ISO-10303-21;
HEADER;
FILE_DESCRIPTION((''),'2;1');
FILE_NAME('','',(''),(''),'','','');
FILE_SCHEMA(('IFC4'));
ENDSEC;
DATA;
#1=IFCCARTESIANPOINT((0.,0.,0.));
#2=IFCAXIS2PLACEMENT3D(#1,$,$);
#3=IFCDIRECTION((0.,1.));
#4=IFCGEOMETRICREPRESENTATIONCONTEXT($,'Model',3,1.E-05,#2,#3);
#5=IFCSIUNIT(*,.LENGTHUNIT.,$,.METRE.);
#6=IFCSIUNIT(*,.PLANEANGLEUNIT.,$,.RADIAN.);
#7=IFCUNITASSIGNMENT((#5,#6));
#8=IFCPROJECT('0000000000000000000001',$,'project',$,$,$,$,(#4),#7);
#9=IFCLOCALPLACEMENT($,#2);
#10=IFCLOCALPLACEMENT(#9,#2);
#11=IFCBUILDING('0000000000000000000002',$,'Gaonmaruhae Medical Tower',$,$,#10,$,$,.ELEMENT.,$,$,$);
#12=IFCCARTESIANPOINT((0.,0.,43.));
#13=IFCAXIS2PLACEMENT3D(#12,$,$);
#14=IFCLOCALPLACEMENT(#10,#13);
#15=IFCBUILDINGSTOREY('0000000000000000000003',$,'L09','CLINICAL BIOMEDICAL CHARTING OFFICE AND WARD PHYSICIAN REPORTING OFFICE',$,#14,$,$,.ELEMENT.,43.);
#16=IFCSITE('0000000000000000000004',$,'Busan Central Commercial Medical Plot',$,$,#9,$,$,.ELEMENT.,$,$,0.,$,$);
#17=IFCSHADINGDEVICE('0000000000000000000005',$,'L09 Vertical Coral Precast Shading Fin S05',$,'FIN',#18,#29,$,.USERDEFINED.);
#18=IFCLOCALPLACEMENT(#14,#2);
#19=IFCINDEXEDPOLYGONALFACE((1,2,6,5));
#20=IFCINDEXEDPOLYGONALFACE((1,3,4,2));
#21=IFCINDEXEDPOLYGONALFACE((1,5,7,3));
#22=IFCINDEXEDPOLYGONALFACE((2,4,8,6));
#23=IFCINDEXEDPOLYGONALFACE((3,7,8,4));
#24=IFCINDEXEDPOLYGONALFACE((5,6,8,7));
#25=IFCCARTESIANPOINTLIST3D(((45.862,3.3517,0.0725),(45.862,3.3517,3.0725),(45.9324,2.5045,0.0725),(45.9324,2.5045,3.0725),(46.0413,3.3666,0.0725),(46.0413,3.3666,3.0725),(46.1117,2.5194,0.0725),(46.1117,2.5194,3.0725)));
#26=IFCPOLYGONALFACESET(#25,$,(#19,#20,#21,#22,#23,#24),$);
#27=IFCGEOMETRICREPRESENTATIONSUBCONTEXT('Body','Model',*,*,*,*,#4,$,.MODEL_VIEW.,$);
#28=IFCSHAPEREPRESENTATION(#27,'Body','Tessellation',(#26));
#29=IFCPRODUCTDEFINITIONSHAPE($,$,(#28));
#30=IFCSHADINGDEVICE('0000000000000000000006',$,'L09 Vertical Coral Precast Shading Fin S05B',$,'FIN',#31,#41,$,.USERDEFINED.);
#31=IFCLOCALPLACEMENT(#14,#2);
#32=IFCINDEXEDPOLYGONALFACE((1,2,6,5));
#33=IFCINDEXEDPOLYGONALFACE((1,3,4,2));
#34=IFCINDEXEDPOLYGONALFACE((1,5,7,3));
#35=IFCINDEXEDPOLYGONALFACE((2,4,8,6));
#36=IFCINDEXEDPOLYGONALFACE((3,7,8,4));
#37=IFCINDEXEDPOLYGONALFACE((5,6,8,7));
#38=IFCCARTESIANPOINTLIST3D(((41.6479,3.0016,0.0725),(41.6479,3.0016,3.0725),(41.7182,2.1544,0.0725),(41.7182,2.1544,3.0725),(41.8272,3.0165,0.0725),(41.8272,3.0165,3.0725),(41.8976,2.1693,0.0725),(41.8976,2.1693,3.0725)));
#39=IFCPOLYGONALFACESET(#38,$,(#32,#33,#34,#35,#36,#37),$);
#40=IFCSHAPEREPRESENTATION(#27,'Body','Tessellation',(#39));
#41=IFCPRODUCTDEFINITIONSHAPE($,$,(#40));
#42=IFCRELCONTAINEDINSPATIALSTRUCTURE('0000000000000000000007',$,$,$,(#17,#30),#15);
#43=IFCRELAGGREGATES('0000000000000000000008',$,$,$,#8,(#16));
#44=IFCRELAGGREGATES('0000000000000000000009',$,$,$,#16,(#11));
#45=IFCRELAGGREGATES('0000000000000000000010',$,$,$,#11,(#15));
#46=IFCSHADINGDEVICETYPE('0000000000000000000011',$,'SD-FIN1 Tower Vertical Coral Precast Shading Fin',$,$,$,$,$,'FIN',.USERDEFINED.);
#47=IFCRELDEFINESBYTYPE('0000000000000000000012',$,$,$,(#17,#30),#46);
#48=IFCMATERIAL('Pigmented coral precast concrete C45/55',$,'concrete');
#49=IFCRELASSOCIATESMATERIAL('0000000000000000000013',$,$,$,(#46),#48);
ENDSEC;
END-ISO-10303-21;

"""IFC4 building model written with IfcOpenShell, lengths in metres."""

from ifc_helpers import new_model, si_unit, direction, frame, origin, origin_2d, place, context, subcontext, project, spatial, rectangle, extrude, material, type_object, element, save


model = new_model("IFC4")

# Units and contexts
model_context = context("Model", 3, precision=1e-05, world=origin(), true_north=direction((0.0, 1.0)))
body_context = subcontext(model_context, "Body", "Model", "MODEL_VIEW")
ifc_project = project(units=[si_unit("LENGTHUNIT", "METRE"), si_unit("PLANEANGLEUNIT", "RADIAN")], contexts=[model_context])

# Site, building, storey
site_placement = place(None, origin())
site = spatial("IfcSite", under=ifc_project, at=site_placement, Name="Busan Central Commercial Medical Plot", CompositionType="ELEMENT", RefElevation=0.0)
building_placement = place(site_placement, origin())
building = spatial("IfcBuilding", under=site, at=building_placement, Name="Gaonmaruhae Medical Tower", CompositionType="ELEMENT")
storey_placement = place(building_placement, frame((0.0, 0.0, 43.0)))
storey = spatial("IfcBuildingStorey", under=building, at=storey_placement, Name="L09", Description="CLINICAL BIOMEDICAL CHARTING OFFICE AND WARD PHYSICIAN REPORTING OFFICE", CompositionType="ELEMENT", Elevation=43.0)

# Shading devices
ifc_material_1 = material(Name="Pigmented coral precast concrete C45/55", Category="concrete")
shading_device_type = type_object("IfcShadingDeviceType", Name="SD-FIN1 Tower Vertical Coral Precast Shading Fin", ElementType="FIN", PredefinedType="USERDEFINED", material=ifc_material_1)
for number, where, z_axis, x_axis, name in (
    (1, (45.9868, 2.9355, 0.0725), (0.0, 0.0, 1.0), (-0.996566, -0.082808, 0.0), "L09 Vertical Coral Precast Shading Fin S05"),
    (2, (41.7727, 2.5854, 0.0725), (0.0, 0.0, 1.0), (-0.996566, -0.082808, 0.0), "L09 Vertical Coral Precast Shading Fin S05B"),
):
    element("IfcShadingDevice", number, at=place(storey_placement, frame(where, z_axis=z_axis, x_axis=x_axis)), inside=storey, type_object=shading_device_type, Name=name, ObjectType="FIN", PredefinedType="USERDEFINED", context=body_context, shape_type="SweptSolid", body=[
        extrude(rectangle(XDim=0.1799, YDim=0.8501, at=origin_2d()), origin(), (0.0, 0.0, 1.0), 3.0),
    ])

save(model, "model.ifc")
